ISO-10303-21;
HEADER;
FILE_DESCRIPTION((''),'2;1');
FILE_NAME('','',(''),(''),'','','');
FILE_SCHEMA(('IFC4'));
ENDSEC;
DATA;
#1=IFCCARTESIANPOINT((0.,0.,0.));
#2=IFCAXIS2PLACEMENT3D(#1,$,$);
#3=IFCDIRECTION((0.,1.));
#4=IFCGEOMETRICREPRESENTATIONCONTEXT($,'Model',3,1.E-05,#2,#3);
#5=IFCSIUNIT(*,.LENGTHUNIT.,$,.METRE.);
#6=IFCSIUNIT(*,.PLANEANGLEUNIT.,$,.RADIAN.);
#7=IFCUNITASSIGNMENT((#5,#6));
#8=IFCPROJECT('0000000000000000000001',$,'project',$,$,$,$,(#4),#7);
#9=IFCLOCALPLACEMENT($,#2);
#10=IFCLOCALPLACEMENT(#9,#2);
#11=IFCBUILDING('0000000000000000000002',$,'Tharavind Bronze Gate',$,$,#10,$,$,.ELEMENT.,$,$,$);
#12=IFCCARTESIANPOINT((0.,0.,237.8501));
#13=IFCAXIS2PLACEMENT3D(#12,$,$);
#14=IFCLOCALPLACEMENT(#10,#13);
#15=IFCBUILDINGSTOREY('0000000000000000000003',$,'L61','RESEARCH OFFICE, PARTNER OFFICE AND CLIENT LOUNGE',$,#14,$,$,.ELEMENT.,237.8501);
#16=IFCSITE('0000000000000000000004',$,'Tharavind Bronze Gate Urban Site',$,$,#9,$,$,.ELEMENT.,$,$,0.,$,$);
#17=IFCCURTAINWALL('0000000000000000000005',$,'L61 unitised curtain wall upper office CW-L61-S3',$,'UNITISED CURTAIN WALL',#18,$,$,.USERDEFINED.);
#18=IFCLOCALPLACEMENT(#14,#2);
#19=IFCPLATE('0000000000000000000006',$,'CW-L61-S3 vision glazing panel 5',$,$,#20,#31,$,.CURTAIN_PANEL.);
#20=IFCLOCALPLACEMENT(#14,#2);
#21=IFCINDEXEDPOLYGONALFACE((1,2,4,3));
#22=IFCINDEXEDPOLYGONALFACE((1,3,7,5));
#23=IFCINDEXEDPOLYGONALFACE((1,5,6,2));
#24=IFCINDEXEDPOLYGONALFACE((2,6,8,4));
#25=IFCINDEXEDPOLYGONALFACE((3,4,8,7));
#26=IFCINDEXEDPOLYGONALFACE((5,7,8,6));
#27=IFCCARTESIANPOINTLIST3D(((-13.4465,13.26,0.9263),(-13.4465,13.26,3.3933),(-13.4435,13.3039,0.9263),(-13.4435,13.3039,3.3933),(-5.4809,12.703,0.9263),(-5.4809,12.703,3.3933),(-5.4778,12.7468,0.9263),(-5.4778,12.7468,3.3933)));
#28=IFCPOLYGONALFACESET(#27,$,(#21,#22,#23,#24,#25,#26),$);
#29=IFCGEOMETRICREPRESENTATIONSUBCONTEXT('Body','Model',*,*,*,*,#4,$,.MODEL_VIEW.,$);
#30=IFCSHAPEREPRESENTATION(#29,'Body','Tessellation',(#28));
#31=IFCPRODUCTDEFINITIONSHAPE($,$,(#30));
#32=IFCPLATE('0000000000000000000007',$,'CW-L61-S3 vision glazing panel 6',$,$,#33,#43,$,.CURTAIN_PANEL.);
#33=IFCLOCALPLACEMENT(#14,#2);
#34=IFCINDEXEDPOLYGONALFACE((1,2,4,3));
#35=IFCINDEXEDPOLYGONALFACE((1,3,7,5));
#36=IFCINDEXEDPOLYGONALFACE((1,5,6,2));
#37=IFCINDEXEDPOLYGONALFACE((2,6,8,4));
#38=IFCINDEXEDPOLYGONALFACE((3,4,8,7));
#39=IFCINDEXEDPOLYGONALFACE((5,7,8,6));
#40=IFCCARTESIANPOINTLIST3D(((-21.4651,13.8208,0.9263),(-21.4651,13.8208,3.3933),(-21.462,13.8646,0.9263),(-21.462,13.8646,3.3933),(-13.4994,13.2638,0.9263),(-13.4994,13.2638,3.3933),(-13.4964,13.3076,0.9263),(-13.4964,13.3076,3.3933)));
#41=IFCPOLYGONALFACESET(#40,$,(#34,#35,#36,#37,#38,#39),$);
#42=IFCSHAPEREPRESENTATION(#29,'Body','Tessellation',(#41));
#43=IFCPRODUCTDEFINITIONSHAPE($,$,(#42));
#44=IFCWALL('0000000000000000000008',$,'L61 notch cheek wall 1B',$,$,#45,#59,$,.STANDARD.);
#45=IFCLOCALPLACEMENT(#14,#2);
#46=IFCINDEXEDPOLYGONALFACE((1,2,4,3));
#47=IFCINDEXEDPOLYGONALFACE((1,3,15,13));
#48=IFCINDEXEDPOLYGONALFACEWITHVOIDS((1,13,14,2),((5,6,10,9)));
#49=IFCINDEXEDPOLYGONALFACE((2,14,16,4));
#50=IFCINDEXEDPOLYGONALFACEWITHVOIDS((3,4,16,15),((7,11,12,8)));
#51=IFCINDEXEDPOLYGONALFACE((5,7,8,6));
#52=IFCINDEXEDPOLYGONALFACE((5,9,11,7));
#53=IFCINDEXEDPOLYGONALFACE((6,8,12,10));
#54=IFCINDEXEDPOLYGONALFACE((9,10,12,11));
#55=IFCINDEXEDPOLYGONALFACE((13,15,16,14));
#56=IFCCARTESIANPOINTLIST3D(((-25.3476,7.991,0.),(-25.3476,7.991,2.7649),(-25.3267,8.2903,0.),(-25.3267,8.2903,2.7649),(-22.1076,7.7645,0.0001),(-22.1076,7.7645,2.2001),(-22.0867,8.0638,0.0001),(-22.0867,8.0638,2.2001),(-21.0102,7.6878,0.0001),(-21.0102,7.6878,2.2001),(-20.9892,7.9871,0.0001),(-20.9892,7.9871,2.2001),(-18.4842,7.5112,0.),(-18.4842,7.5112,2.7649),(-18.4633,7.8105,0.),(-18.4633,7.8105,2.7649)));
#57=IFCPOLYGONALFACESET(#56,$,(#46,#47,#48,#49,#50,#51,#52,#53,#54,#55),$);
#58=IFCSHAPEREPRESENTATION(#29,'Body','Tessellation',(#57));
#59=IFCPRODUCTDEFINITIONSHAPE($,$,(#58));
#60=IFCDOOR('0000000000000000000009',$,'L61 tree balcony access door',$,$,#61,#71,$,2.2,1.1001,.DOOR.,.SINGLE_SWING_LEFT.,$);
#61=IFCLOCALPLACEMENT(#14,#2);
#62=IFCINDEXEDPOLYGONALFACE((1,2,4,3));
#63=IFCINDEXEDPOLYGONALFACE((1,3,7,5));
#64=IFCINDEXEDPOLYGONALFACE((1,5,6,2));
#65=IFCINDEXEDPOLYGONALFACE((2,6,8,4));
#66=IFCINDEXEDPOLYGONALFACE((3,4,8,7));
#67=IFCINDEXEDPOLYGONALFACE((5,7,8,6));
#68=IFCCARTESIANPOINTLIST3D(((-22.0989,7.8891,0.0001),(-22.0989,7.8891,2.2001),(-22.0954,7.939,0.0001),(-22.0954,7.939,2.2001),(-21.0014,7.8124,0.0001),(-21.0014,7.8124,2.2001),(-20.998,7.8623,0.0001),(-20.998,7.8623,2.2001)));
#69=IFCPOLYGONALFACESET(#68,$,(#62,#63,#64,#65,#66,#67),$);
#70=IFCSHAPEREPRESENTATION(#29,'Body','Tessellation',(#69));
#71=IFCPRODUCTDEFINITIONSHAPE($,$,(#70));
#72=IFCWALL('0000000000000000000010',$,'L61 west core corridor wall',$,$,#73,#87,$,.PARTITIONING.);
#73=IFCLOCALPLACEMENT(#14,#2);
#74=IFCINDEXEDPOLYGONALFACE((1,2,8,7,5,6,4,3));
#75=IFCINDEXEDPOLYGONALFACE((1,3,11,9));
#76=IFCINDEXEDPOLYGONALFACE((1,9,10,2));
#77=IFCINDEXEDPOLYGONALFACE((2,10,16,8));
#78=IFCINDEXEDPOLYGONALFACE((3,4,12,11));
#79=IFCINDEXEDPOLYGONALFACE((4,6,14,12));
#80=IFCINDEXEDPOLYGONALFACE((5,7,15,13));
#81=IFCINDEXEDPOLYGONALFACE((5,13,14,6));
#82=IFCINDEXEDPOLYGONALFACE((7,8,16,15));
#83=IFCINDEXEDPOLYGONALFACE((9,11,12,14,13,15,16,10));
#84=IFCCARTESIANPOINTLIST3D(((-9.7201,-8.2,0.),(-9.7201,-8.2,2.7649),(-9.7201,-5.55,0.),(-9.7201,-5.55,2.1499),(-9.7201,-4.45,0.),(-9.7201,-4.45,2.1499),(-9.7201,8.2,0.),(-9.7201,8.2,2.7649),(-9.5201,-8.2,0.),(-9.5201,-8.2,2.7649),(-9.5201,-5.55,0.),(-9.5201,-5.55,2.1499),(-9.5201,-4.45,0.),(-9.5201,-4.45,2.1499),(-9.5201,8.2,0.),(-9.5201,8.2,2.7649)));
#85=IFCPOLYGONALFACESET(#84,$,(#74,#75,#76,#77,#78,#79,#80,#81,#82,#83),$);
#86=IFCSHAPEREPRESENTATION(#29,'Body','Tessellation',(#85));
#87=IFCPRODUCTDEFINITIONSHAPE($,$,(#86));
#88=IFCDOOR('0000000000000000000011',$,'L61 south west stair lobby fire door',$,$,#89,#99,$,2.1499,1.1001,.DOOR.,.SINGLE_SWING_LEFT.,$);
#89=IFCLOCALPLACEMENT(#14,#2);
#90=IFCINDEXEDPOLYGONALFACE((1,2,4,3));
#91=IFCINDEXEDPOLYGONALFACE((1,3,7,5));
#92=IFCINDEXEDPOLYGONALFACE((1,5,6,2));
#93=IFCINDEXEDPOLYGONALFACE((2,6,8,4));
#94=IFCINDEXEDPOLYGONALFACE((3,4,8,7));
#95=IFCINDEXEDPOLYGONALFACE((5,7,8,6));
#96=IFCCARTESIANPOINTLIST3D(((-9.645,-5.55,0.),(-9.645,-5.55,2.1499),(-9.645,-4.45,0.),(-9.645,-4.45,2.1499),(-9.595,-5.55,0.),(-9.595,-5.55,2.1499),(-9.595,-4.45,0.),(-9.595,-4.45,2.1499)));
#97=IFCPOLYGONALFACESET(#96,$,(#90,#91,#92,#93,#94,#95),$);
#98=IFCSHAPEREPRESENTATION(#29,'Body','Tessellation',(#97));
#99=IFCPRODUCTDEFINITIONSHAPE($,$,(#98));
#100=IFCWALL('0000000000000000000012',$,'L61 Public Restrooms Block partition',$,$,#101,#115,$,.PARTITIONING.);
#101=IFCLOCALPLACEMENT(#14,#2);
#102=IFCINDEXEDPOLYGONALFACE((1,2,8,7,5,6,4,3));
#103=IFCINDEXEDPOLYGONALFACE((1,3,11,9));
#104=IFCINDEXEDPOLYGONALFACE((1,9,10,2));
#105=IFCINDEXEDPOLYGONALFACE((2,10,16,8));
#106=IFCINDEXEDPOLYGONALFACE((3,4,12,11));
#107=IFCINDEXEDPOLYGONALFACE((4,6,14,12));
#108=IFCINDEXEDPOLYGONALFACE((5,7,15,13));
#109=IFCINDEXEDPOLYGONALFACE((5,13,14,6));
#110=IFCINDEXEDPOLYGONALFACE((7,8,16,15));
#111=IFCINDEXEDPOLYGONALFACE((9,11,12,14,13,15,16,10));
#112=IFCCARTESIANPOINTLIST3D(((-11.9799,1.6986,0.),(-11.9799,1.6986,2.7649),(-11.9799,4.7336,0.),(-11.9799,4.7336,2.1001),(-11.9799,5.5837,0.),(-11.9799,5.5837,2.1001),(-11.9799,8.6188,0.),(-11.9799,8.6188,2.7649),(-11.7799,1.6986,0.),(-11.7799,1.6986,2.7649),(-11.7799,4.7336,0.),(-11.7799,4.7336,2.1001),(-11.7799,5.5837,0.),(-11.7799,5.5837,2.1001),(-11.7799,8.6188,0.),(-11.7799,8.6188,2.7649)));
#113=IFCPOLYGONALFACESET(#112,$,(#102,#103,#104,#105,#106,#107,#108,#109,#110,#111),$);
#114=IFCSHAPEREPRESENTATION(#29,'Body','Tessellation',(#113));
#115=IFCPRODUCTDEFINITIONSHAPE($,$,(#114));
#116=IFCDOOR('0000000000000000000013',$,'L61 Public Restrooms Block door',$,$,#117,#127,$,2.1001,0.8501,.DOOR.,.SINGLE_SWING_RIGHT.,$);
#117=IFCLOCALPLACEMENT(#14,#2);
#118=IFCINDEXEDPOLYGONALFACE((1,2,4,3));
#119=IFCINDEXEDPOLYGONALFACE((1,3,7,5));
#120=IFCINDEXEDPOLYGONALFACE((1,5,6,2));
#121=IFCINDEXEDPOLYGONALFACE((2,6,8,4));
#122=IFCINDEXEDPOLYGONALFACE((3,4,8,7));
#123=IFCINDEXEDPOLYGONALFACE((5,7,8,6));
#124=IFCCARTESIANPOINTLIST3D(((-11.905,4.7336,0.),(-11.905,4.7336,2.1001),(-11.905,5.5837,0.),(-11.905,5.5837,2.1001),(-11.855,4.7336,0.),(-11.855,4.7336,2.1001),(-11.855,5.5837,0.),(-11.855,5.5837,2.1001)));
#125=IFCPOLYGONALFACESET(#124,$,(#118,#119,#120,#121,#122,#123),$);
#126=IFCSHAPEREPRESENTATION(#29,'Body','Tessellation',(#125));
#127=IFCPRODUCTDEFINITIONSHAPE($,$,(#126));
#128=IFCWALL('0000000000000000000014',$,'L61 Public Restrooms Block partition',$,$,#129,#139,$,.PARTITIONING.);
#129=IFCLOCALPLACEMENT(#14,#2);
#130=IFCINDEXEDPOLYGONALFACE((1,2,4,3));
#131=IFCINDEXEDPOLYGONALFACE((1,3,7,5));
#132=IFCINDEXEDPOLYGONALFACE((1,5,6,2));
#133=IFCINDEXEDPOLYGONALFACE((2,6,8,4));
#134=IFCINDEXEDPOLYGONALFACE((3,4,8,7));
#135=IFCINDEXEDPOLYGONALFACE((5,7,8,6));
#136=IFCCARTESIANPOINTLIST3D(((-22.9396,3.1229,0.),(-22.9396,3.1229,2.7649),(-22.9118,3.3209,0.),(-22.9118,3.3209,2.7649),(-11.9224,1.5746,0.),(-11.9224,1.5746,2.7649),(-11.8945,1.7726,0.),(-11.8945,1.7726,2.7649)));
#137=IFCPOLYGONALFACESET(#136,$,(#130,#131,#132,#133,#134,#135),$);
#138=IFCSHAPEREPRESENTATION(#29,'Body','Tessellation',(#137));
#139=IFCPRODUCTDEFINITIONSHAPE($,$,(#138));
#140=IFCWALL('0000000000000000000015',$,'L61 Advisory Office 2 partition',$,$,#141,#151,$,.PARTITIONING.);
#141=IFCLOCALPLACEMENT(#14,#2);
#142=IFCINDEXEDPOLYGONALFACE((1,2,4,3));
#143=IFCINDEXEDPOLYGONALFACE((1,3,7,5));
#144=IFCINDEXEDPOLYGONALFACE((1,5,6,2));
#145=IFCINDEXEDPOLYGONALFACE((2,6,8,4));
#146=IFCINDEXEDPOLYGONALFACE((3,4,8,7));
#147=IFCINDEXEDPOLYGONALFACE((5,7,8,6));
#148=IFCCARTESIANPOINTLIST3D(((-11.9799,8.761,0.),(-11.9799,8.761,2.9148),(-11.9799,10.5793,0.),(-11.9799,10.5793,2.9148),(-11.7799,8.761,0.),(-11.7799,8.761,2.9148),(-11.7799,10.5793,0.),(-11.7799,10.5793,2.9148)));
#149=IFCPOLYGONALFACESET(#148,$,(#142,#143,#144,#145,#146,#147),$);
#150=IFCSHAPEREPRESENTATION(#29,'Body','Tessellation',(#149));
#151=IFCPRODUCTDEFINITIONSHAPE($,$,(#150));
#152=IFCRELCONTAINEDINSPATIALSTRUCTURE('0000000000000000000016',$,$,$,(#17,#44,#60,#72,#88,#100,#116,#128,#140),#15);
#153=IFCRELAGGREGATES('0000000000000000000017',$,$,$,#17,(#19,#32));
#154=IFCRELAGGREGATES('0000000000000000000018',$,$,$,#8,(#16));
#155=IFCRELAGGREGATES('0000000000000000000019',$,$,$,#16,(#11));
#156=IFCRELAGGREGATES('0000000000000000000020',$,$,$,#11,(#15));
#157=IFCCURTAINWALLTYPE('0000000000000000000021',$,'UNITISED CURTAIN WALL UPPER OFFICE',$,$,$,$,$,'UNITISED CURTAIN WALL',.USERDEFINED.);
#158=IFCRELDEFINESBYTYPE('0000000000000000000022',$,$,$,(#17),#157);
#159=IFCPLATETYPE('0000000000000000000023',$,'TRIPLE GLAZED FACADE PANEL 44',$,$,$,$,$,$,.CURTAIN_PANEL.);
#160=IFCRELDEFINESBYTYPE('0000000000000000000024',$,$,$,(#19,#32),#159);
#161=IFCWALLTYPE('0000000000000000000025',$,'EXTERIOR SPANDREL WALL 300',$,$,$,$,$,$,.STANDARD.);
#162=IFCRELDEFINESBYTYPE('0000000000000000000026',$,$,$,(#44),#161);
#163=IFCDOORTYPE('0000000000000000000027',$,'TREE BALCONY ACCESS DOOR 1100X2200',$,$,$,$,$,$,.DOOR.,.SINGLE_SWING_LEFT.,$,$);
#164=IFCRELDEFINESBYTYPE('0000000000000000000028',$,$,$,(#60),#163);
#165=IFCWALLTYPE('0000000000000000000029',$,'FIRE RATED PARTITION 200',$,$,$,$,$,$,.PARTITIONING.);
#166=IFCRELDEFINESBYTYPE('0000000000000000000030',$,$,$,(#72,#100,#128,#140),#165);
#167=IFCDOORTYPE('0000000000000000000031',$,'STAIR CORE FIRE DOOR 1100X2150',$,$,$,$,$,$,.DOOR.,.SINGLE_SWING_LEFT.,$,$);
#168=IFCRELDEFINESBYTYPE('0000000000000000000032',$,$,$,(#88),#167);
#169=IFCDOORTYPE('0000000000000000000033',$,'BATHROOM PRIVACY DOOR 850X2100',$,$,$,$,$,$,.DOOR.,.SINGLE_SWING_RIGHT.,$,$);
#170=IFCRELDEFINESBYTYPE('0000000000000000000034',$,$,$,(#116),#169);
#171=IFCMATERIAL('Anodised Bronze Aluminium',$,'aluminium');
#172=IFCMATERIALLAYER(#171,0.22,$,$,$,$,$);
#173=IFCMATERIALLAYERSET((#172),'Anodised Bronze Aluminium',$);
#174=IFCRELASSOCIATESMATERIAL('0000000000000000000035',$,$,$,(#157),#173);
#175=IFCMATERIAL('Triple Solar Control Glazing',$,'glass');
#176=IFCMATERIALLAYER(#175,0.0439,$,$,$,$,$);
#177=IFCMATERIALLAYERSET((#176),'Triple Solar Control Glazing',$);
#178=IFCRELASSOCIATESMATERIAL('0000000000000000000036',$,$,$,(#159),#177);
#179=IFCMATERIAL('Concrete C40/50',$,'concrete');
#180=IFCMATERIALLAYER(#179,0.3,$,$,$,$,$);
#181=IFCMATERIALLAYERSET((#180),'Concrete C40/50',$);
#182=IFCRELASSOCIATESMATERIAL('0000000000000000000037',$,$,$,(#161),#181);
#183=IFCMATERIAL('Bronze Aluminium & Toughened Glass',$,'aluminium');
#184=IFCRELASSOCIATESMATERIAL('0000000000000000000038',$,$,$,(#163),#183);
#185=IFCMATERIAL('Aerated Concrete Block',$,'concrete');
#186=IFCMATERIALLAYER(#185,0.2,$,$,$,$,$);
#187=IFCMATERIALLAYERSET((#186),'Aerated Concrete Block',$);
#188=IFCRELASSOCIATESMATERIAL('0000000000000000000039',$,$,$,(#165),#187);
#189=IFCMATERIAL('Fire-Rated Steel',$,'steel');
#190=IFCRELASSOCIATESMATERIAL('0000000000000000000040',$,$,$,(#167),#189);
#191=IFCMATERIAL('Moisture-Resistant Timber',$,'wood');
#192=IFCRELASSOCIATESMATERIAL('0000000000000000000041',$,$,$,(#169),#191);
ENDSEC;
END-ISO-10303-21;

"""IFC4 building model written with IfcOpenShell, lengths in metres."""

from ifc_helpers import new_model, si_unit, direction, frame, frame_2d, origin, origin_2d, place, context, subcontext, project, spatial, rectangle, extrude, material, layer, layer_set, type_object, element, fill, aggregate, save


model = new_model("IFC4")

# Units and contexts
model_context = context("Model", 3, precision=1e-05, world=origin(), true_north=direction((0.0, 1.0)))
body_context = subcontext(model_context, "Body", "Model", "MODEL_VIEW")
ifc_project = project(units=[si_unit("LENGTHUNIT", "METRE"), si_unit("PLANEANGLEUNIT", "RADIAN")], contexts=[model_context])

# Site, building, storey
site_placement = place(None, origin())
site = spatial("IfcSite", under=ifc_project, at=site_placement, Name="Tharavind Bronze Gate Urban Site", CompositionType="ELEMENT", RefElevation=0.0)
building_placement = place(site_placement, origin())
building = spatial("IfcBuilding", under=site, at=building_placement, Name="Tharavind Bronze Gate", CompositionType="ELEMENT")
storey_placement = place(building_placement, frame((0.0, 0.0, 237.8501)))
storey = spatial("IfcBuildingStorey", under=building, at=storey_placement, Name="L61", Description="RESEARCH OFFICE, PARTNER OFFICE AND CLIENT LOUNGE", CompositionType="ELEMENT", Elevation=237.8501)

# Curtain wall
ifc_material_1 = material(Name="Anodised Bronze Aluminium", Category="aluminium")
ifc_layer_1 = layer(ifc_material_1, 0.22)
ifc_layer_set_1 = layer_set([ifc_layer_1], Name="Anodised Bronze Aluminium")
curtain_wall_type = type_object("IfcCurtainWallType", Name="UNITISED CURTAIN WALL UPPER OFFICE", ElementType="UNITISED CURTAIN WALL", PredefinedType="USERDEFINED", material=ifc_layer_set_1)
curtain_wall_placement = place(storey_placement, origin())
curtain_wall = element("IfcCurtainWall", 1, at=curtain_wall_placement, inside=storey, type_object=curtain_wall_type, Name="L61 unitised curtain wall upper office CW-L61-S3", ObjectType="UNITISED CURTAIN WALL", PredefinedType="USERDEFINED")

# Plates
ifc_material_2 = material(Name="Triple Solar Control Glazing", Category="glass")
ifc_layer_2 = layer(ifc_material_2, 0.0439)
ifc_layer_set_2 = layer_set([ifc_layer_2], Name="Triple Solar Control Glazing")
plate_type_1 = type_object("IfcPlateType", Name="TRIPLE GLAZED FACADE PANEL 44", PredefinedType="CURTAIN_PANEL", material=ifc_layer_set_2)
plate_1_placement = place(storey_placement, frame((-9.4622, 13.0034, 0.9263), z_axis=(0.0, 0.0, 1.0), x_axis=(-0.997564, 0.069758, 0.0)))
plate_1 = element("IfcPlate", 2, at=plate_1_placement, type_object=plate_type_1, Name="CW-L61-S3 vision glazing panel 5", PredefinedType="CURTAIN_PANEL", context=body_context, shape_type="SweptSolid", body=[
    extrude(rectangle(XDim=7.9851, YDim=0.0439, at=origin_2d()), origin(), (0.0, 0.0, 1.0), 2.467),
])
plate_2_placement = place(storey_placement, frame((-17.4807, 13.5642, 0.9263), z_axis=(0.0, 0.0, 1.0), x_axis=(-0.997564, 0.069758, 0.0)))
plate_2 = element("IfcPlate", 3, at=plate_2_placement, type_object=plate_type_1, Name="CW-L61-S3 vision glazing panel 6", PredefinedType="CURTAIN_PANEL", context=body_context, shape_type="SweptSolid", body=[
    extrude(rectangle(XDim=7.9851, YDim=0.0439, at=origin_2d()), origin(), (0.0, 0.0, 1.0), 2.467),
])
aggregate(curtain_wall, [plate_1, plate_2])

# Walls, openings, doors
ifc_material_3 = material(Name="Concrete C40/50", Category="concrete")
ifc_layer_3 = layer(ifc_material_3, 0.3)
ifc_layer_set_3 = layer_set([ifc_layer_3], Name="Concrete C40/50")
wall_type_1 = type_object("IfcWallType", Name="EXTERIOR SPANDREL WALL 300", PredefinedType="STANDARD", material=ifc_layer_set_3)
wall_1_placement = place(storey_placement, frame((-18.4739, 7.6609, 0.0), z_axis=(0.0, 0.0, 1.0), x_axis=(-0.997566, 0.069729, 0.0)))
wall_1 = element("IfcWall", 4, at=wall_1_placement, inside=storey, type_object=wall_type_1, Name="L61 notch cheek wall 1B", PredefinedType="STANDARD", context=body_context, shape_type="SweptSolid", body=[
    extrude(rectangle(XDim=6.8801, YDim=0.3, at=frame_2d((3.4399, 0.0))), origin(), (0.0, 0.0, 1.0), 2.7649),
])
opening_1_placement = place(wall_1_placement, frame((2.532, 0.0, 0.0)))
opening_1 = element("IfcOpeningElement", 5, at=opening_1_placement, cuts=wall_1, PredefinedType="OPENING", context=body_context, shape_type="SweptSolid", body=[
    extrude(rectangle(XDim=1.1001, YDim=2.2, at=frame_2d((0.55, 1.1001))), frame((0.0, 0.1599, 0.0), z_axis=(0.0, -1.0, 0.0), x_axis=(1.0, 0.0, 0.0)), (0.0, 0.0, 1.0), 0.32),
])
ifc_material_4 = material(Name="Bronze Aluminium & Toughened Glass", Category="aluminium")
door_type_1 = type_object("IfcDoorType", Name="TREE BALCONY ACCESS DOOR 1100X2200", OperationType="SINGLE_SWING_LEFT", PredefinedType="DOOR", material=ifc_material_4)
door_1_placement = place(opening_1_placement, frame((1.1001, 0.0, 0.0), z_axis=(0.0, 0.0, 1.0), x_axis=(-1.0, 0.0, 0.0)))
door_1 = element("IfcDoor", 6, at=door_1_placement, inside=storey, type_object=door_type_1, Name="L61 tree balcony access door", OperationType="SINGLE_SWING_LEFT", OverallHeight=2.2, OverallWidth=1.1001, PredefinedType="DOOR", context=body_context, shape_type="SweptSolid", body=[
    extrude(rectangle(XDim=1.1001, YDim=2.2, at=frame_2d((0.55, 1.1001))), frame((0.0, 0.0249, 0.0), z_axis=(0.0, -1.0, 0.0), x_axis=(1.0, 0.0, 0.0)), (0.0, 0.0, 1.0), 0.05),
])
fill(opening_1, door_1)
ifc_material_5 = material(Name="Aerated Concrete Block", Category="concrete")
ifc_layer_4 = layer(ifc_material_5, 0.2)
ifc_layer_set_4 = layer_set([ifc_layer_4], Name="Aerated Concrete Block")
wall_type_2 = type_object("IfcWallType", Name="FIRE RATED PARTITION 200", PredefinedType="PARTITIONING", material=ifc_layer_set_4)
wall_2_placement = place(storey_placement, frame((-9.6201, 8.2, 0.0), z_axis=(0.0, 0.0, 1.0), x_axis=(0.0, -1.0, 0.0)))
wall_2 = element("IfcWall", 7, at=wall_2_placement, inside=storey, type_object=wall_type_2, Name="L61 west core corridor wall", PredefinedType="PARTITIONING", context=body_context, shape_type="SweptSolid", body=[
    extrude(rectangle(XDim=16.3999, YDim=0.2, at=frame_2d((8.2, 0.0))), origin(), (0.0, 0.0, 1.0), 2.7649),
])
opening_2_placement = place(wall_2_placement, frame((12.6499, 0.0, 0.0)))
opening_2 = element("IfcOpeningElement", 8, at=opening_2_placement, cuts=wall_2, PredefinedType="OPENING", context=body_context, shape_type="SweptSolid", body=[
    extrude(rectangle(XDim=1.1001, YDim=2.1499, at=frame_2d((0.55, 1.075))), frame((0.0, 0.1101, 0.0), z_axis=(0.0, -1.0, 0.0), x_axis=(1.0, 0.0, 0.0)), (0.0, 0.0, 1.0), 0.22),
])
ifc_material_6 = material(Name="Fire-Rated Steel", Category="steel")
door_type_2 = type_object("IfcDoorType", Name="STAIR CORE FIRE DOOR 1100X2150", OperationType="SINGLE_SWING_LEFT", PredefinedType="DOOR", material=ifc_material_6)
door_2_placement = place(opening_2_placement, frame((1.1001, 0.0, 0.0), z_axis=(0.0, 0.0, 1.0), x_axis=(-1.0, 0.0, 0.0)))
door_2 = element("IfcDoor", 9, at=door_2_placement, inside=storey, type_object=door_type_2, Name="L61 south west stair lobby fire door", OperationType="SINGLE_SWING_LEFT", OverallHeight=2.1499, OverallWidth=1.1001, PredefinedType="DOOR", context=body_context, shape_type="SweptSolid", body=[
    extrude(rectangle(XDim=1.1001, YDim=2.1499, at=frame_2d((0.55, 1.075))), frame((0.0, 0.0249, 0.0), z_axis=(0.0, -1.0, 0.0), x_axis=(1.0, 0.0, 0.0)), (0.0, 0.0, 1.0), 0.05),
])
fill(opening_2, door_2)
wall_3_placement = place(storey_placement, frame((-11.8799, 8.6187, 0.0), z_axis=(0.0, 0.0, 1.0), x_axis=(0.0, -1.0, 0.0)))
wall_3 = element("IfcWall", 10, at=wall_3_placement, inside=storey, type_object=wall_type_2, Name="L61 Public Restrooms Block partition", PredefinedType="PARTITIONING", context=body_context, shape_type="SweptSolid", body=[
    extrude(rectangle(XDim=6.9202, YDim=0.2, at=frame_2d((3.46, 0.0))), origin(), (0.0, 0.0, 1.0), 2.7649),
])
opening_3_placement = place(wall_3_placement, frame((3.0349, 0.0, 0.0)))
opening_3 = element("IfcOpeningElement", 11, at=opening_3_placement, cuts=wall_3, PredefinedType="OPENING", context=body_context, shape_type="SweptSolid", body=[
    extrude(rectangle(XDim=0.8501, YDim=2.1001, at=frame_2d((0.425, 1.05))), frame((0.0, 0.1101, 0.0), z_axis=(0.0, -1.0, 0.0), x_axis=(1.0, 0.0, 0.0)), (0.0, 0.0, 1.0), 0.22),
])
ifc_material_7 = material(Name="Moisture-Resistant Timber", Category="wood")
door_type_3 = type_object("IfcDoorType", Name="BATHROOM PRIVACY DOOR 850X2100", OperationType="SINGLE_SWING_RIGHT", PredefinedType="DOOR", material=ifc_material_7)
door_3_placement = place(opening_3_placement, origin())
door_3 = element("IfcDoor", 12, at=door_3_placement, inside=storey, type_object=door_type_3, Name="L61 Public Restrooms Block door", OperationType="SINGLE_SWING_RIGHT", OverallHeight=2.1001, OverallWidth=0.8501, PredefinedType="DOOR", context=body_context, shape_type="SweptSolid", body=[
    extrude(rectangle(XDim=0.8501, YDim=2.1001, at=frame_2d((0.425, 1.05))), frame((0.0, 0.0249, 0.0), z_axis=(0.0, -1.0, 0.0), x_axis=(1.0, 0.0, 0.0)), (0.0, 0.0, 1.0), 0.05),
])
fill(opening_3, door_3)

# Walls
wall_4_placement = place(storey_placement, frame((-11.9084, 1.6736, 0.0), z_axis=(0.0, 0.0, 1.0), x_axis=(-0.990269, 0.139169, 0.0)))
element("IfcWall", 13, at=wall_4_placement, inside=storey, type_object=wall_type_2, Name="L61 Public Restrooms Block partition", PredefinedType="PARTITIONING", context=body_context, shape_type="SweptSolid", body=[
    extrude(rectangle(XDim=11.1255, YDim=0.2, at=frame_2d((5.5627, 0.0))), origin(), (0.0, 0.0, 1.0), 2.7649),
])
wall_5_placement = place(storey_placement, frame((-11.8799, 10.5793, 0.0), z_axis=(0.0, 0.0, 1.0), x_axis=(0.0, -1.0, 0.0)))
element("IfcWall", 14, at=wall_5_placement, inside=storey, type_object=wall_type_2, Name="L61 Advisory Office 2 partition", PredefinedType="PARTITIONING", context=body_context, shape_type="SweptSolid", body=[
    extrude(rectangle(XDim=1.8184, YDim=0.2, at=frame_2d((0.9092, 0.0))), origin(), (0.0, 0.0, 1.0), 2.9148),
])

save(model, "model.ifc")
